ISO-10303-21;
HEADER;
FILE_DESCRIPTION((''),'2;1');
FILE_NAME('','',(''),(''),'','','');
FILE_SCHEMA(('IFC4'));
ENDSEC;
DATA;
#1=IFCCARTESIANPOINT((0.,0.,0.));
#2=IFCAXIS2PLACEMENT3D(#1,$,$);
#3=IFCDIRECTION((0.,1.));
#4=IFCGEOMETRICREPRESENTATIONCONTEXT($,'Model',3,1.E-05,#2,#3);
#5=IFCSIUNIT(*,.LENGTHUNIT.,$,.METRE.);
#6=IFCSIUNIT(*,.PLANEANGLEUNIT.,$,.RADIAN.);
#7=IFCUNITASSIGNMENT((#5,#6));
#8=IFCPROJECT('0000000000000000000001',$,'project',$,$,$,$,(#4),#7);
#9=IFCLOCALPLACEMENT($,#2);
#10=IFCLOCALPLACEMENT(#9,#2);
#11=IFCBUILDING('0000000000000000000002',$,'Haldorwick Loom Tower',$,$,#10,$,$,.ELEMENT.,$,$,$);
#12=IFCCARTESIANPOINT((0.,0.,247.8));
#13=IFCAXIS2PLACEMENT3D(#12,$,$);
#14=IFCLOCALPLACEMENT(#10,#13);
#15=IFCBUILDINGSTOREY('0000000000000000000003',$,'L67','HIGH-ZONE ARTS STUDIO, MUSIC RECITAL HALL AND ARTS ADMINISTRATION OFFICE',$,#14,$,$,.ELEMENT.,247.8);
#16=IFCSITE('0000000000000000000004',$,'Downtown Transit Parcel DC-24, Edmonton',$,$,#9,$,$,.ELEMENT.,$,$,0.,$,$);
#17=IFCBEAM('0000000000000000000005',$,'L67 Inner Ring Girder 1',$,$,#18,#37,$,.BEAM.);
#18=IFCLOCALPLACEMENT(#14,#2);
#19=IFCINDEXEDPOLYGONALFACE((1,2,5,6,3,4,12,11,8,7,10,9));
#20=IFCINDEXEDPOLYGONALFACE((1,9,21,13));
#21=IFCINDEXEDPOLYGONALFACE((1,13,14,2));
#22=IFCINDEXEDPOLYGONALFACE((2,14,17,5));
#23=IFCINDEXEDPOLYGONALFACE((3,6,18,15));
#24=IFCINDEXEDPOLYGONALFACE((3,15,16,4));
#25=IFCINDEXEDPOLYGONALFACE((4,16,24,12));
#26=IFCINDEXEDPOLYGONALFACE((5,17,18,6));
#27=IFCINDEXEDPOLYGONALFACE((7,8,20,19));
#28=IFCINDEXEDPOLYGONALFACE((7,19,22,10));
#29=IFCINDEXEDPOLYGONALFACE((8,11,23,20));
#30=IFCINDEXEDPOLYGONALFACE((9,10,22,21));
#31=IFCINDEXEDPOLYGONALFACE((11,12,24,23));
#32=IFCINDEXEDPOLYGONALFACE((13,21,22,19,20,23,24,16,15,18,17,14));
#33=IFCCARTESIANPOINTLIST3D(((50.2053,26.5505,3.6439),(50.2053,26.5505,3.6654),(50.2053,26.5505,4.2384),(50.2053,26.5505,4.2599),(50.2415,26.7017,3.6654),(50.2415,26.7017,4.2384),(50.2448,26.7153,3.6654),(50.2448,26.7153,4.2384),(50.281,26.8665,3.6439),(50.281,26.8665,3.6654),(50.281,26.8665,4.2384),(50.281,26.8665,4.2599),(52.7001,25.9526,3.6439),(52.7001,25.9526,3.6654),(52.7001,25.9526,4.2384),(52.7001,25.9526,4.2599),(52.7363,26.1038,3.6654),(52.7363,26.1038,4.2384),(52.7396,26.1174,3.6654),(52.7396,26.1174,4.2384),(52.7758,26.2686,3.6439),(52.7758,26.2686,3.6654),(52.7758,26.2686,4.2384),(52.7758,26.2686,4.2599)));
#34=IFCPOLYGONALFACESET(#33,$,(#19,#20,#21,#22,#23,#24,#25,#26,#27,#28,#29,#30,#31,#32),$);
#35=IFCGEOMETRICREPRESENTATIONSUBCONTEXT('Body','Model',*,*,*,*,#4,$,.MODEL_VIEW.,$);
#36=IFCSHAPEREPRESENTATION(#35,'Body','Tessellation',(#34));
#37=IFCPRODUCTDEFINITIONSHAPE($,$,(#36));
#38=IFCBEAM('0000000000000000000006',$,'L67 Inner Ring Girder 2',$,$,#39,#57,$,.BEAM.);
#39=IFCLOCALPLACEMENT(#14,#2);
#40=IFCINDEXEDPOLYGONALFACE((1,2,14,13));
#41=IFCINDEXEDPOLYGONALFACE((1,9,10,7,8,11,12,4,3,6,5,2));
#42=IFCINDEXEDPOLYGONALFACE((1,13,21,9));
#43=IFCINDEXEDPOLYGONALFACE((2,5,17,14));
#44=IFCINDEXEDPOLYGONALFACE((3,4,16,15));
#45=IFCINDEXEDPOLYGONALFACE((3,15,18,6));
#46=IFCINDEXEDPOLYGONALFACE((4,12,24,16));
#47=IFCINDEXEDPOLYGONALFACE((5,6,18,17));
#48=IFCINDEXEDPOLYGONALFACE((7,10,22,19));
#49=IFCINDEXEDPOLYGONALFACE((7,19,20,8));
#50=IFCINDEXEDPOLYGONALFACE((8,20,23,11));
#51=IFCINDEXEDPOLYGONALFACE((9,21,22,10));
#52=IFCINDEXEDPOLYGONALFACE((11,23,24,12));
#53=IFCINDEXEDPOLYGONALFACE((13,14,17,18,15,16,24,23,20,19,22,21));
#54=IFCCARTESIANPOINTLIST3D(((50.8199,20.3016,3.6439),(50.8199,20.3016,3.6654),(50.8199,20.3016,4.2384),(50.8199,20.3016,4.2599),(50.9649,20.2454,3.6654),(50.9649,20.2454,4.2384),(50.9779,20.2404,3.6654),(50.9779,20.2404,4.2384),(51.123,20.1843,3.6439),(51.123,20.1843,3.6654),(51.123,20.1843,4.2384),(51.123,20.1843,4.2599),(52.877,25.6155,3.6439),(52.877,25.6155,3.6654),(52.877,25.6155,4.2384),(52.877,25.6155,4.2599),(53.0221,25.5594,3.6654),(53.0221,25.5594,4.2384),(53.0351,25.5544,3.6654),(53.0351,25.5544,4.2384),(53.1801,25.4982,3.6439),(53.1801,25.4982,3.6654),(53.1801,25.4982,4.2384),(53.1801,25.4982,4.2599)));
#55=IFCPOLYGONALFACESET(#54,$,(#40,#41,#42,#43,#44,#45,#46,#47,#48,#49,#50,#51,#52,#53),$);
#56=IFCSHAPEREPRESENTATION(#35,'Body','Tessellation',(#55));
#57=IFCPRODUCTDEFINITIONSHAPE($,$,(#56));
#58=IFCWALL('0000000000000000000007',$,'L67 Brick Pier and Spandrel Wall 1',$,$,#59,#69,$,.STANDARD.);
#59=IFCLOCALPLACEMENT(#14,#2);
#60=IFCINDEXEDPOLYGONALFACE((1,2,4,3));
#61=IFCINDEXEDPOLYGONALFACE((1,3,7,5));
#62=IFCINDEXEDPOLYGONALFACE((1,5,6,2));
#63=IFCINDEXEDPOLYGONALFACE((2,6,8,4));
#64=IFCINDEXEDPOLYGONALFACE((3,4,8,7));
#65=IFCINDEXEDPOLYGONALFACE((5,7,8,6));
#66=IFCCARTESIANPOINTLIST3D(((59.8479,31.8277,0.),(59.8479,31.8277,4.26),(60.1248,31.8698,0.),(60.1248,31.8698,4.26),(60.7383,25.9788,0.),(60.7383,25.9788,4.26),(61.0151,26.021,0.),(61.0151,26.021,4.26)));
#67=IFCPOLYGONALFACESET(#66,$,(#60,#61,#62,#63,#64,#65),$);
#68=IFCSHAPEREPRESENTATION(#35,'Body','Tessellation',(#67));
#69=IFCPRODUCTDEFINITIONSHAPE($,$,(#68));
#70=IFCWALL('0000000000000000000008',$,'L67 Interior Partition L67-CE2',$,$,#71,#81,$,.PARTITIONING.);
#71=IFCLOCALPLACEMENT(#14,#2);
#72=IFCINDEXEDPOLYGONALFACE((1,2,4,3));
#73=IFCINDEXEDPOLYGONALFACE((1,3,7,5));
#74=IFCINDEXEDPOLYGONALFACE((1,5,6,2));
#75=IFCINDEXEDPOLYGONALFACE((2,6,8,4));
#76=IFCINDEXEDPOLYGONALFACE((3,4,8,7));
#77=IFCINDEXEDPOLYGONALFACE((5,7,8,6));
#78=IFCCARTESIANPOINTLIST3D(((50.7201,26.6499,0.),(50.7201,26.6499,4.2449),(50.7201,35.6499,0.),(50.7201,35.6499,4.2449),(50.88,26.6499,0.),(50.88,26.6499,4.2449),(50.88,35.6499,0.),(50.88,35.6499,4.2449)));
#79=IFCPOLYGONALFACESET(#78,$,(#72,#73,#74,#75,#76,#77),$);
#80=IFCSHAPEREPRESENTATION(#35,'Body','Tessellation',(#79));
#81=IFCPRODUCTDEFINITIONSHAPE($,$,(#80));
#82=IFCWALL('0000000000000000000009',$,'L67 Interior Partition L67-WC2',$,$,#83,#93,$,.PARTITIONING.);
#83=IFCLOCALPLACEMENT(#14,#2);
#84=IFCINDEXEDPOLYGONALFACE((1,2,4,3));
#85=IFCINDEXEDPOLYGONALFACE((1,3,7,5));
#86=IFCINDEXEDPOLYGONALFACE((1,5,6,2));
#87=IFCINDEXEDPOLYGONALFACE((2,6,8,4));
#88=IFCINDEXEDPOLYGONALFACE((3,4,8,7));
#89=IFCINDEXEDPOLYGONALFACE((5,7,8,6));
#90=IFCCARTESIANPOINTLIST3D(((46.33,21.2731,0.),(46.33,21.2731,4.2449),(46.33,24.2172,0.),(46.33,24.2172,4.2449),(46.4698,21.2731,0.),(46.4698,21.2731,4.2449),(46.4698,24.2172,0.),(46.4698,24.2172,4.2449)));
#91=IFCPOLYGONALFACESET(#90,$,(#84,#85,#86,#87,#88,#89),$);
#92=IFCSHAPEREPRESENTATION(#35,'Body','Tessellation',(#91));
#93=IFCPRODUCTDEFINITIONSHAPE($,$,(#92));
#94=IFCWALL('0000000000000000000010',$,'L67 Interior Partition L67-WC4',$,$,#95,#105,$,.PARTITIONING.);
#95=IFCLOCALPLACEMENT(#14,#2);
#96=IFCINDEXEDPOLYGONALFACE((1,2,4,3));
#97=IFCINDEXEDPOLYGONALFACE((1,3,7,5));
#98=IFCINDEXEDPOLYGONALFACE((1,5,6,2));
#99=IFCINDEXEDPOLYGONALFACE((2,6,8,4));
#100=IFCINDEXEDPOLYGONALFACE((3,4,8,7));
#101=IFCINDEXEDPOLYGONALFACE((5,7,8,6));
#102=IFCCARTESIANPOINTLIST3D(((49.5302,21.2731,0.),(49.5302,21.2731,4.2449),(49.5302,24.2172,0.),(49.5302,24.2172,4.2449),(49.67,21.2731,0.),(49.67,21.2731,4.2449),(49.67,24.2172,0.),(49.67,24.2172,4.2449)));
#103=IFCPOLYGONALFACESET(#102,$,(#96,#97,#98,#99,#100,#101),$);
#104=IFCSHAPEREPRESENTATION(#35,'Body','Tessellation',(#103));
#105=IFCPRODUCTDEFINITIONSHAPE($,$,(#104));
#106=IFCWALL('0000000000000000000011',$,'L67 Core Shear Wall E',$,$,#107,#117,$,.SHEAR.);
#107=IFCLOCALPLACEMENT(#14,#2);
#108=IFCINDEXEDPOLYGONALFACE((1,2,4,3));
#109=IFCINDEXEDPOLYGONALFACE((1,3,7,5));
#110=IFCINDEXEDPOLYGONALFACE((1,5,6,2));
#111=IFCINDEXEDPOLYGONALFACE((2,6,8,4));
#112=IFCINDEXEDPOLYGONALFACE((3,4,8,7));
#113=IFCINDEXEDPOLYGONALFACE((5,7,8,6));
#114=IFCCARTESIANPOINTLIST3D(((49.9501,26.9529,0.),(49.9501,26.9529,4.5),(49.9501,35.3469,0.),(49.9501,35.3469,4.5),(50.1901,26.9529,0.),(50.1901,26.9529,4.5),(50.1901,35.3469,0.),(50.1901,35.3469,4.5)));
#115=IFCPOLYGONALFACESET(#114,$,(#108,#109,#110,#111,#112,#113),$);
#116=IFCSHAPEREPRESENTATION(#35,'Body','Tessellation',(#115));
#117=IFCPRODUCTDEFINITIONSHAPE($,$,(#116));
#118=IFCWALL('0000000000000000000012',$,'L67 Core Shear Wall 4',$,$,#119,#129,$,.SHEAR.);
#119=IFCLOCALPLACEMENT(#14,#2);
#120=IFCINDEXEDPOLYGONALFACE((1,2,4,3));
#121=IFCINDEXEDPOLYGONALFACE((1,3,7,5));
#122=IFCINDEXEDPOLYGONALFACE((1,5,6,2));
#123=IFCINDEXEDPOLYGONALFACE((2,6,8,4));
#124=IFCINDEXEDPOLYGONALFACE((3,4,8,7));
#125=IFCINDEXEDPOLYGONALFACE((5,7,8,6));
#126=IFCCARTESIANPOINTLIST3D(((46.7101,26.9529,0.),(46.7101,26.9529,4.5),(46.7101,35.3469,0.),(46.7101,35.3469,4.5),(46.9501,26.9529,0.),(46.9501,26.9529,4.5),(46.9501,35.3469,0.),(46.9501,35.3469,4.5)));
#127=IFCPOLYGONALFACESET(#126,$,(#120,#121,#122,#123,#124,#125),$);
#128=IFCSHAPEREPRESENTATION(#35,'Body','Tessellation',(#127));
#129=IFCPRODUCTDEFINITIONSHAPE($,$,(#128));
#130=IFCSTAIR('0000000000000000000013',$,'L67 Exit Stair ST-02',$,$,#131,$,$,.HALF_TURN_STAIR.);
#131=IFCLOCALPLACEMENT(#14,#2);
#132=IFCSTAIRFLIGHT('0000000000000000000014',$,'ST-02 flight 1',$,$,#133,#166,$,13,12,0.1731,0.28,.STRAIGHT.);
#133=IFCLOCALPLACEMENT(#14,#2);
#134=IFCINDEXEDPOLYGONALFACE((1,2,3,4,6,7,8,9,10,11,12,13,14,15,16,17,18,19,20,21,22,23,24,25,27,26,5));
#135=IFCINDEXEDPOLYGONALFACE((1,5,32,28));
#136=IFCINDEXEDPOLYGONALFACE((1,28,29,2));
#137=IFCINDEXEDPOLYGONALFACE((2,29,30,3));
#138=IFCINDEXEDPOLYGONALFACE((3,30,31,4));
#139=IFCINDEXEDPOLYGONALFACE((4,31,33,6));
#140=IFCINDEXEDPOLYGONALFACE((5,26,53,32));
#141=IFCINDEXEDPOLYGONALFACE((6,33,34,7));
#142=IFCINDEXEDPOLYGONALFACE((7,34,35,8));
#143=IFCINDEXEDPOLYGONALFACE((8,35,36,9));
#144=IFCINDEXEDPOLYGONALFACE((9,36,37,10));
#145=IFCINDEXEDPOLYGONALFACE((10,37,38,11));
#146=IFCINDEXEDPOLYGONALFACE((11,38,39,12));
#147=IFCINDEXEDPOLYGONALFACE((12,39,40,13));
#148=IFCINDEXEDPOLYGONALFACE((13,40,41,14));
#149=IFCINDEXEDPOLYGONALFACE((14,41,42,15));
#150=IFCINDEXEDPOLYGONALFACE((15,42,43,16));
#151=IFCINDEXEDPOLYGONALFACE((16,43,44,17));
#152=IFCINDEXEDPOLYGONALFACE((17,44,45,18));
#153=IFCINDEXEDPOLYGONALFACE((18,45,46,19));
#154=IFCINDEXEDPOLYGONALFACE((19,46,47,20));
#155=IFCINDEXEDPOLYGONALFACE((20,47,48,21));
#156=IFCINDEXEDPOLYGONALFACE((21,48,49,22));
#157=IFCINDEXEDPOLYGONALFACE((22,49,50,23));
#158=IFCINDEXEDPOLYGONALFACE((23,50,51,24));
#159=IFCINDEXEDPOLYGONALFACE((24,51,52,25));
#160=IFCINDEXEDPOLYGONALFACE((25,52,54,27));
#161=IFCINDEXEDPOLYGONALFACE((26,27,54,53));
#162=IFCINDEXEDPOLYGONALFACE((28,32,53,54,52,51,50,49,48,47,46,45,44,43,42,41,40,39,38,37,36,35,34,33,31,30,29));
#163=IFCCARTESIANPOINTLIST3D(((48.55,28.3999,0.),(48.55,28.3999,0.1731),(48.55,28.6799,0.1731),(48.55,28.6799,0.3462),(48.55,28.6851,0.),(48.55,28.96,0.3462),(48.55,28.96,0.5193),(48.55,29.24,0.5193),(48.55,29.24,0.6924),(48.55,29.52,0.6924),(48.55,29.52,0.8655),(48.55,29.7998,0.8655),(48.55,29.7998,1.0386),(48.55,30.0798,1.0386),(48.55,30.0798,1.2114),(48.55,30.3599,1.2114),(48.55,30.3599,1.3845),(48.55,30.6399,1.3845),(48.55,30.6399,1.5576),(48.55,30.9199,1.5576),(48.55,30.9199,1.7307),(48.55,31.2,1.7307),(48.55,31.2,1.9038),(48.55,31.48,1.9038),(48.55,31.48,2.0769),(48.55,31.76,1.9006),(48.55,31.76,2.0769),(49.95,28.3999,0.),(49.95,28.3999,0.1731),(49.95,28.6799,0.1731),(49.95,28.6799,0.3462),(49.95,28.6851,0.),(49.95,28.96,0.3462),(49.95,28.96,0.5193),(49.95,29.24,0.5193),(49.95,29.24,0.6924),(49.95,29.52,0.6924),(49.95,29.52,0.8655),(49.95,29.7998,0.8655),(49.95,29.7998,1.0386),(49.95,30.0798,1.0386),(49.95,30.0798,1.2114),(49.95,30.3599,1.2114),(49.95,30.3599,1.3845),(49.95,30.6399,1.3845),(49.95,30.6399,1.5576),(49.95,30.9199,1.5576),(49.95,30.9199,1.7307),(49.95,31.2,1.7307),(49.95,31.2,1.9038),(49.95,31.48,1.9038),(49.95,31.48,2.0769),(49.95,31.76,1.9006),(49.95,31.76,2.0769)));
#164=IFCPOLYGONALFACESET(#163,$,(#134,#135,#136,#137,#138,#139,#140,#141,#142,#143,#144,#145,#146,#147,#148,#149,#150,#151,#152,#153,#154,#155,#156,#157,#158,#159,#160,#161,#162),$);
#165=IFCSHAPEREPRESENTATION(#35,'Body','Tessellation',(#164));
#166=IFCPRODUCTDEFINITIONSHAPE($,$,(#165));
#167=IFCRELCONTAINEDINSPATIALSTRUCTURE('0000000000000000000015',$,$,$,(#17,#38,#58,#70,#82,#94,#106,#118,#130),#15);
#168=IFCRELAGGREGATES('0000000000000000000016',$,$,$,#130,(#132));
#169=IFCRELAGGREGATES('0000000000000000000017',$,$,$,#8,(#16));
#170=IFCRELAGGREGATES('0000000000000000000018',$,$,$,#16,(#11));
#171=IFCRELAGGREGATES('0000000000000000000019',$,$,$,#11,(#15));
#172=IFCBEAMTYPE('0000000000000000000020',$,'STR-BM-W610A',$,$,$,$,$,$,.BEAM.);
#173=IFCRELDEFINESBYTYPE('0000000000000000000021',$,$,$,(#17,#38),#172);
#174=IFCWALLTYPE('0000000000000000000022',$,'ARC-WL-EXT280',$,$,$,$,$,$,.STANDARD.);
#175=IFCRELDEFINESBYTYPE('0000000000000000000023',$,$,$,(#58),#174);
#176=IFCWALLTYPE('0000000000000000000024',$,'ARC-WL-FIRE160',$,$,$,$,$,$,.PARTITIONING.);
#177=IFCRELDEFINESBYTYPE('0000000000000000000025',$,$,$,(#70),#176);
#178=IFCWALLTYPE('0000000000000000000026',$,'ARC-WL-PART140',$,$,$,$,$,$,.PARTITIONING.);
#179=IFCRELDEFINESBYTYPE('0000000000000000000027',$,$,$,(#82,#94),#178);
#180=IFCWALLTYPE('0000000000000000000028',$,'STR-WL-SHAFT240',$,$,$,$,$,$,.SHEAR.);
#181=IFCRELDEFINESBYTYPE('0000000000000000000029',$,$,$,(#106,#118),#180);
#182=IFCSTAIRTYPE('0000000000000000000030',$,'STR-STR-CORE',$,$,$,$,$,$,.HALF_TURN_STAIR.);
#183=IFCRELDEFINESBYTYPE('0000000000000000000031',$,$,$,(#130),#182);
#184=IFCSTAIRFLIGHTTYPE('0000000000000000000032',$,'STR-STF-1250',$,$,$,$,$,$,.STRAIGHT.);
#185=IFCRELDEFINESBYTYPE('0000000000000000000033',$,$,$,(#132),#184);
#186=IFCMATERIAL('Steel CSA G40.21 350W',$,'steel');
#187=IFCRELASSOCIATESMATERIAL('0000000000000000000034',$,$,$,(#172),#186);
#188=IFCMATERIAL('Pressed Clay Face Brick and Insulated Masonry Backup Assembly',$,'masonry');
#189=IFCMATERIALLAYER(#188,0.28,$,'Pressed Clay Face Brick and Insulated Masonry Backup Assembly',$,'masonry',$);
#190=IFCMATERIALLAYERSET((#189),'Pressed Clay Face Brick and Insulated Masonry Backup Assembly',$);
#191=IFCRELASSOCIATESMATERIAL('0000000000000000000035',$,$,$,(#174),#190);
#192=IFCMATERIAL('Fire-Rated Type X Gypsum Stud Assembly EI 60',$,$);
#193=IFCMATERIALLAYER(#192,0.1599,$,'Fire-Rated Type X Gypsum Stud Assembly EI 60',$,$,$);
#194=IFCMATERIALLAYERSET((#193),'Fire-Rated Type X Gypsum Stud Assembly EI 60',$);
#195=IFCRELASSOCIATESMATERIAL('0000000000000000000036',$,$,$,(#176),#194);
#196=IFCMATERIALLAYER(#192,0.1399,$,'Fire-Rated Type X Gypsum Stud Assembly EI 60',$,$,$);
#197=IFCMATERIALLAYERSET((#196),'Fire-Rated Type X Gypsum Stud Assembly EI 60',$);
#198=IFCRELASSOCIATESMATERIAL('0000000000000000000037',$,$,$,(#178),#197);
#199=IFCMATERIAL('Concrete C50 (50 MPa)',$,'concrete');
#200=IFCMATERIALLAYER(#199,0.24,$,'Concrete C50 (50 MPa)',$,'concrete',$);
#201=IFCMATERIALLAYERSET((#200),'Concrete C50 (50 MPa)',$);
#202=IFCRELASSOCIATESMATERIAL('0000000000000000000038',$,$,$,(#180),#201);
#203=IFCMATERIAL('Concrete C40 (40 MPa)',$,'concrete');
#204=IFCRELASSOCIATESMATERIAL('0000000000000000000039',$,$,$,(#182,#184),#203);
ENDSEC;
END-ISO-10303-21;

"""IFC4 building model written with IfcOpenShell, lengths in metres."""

from ifc_helpers import new_model, si_unit, direction, frame, frame_2d, origin, origin_2d, place, context, subcontext, project, spatial, polyline, rectangle, i_section, outline, extrude, material, layer, layer_set, material_profile, profile_set, type_object, element, aggregate, save


model = new_model("IFC4")

# Units and contexts
model_context = context("Model", 3, precision=1e-05, world=origin(), true_north=direction((0.0, 1.0)))
body_context = subcontext(model_context, "Body", "Model", "MODEL_VIEW")
ifc_project = project(units=[si_unit("LENGTHUNIT", "METRE"), si_unit("PLANEANGLEUNIT", "RADIAN")], contexts=[model_context])

# Site, building, storey
site_placement = place(None, origin())
site = spatial("IfcSite", under=ifc_project, at=site_placement, Name="Downtown Transit Parcel DC-24, Edmonton", CompositionType="ELEMENT", RefElevation=0.0)
building_placement = place(site_placement, origin())
building = spatial("IfcBuilding", under=site, at=building_placement, Name="Haldorwick Loom Tower", CompositionType="ELEMENT")
storey_placement = place(building_placement, frame((0.0, 0.0, 247.8)))
storey = spatial("IfcBuildingStorey", under=building, at=storey_placement, Name="L67", Description="HIGH-ZONE ARTS STUDIO, MUSIC RECITAL HALL AND ARTS ADMINISTRATION OFFICE", CompositionType="ELEMENT", Elevation=247.8)

# Shared definitions
ifc_material_1 = material(Name="Steel CSA G40.21 350W", Category="steel")

# Beams
ifc_material_profile_1 = material_profile(ifc_material_1, i_section(OverallWidth=0.325, OverallDepth=0.616, WebThickness=0.0139, FlangeThickness=0.0215, at=origin_2d()), Name="W610X174", Category="steel")
ifc_profile_set_1 = profile_set([ifc_material_profile_1], Name="Steel CSA G40.21 350W")
beam_type_1 = type_object("IfcBeamType", Name="STR-BM-W610A", PredefinedType="BEAM", material=ifc_profile_set_1)
beam_1_placement = place(storey_placement, frame((50.2432, 26.7085, 3.9519), z_axis=(0.972464, -0.233053, 0.0), x_axis=(0.233053, 0.972464, 0.0)))
element("IfcBeam", 1, at=beam_1_placement, inside=storey, type_object=beam_type_1, Name="L67 Inner Ring Girder 1", PredefinedType="BEAM", context=body_context, shape_type="SweptSolid", body=[
    extrude(i_section(OverallWidth=0.325, OverallDepth=0.616, WebThickness=0.0139, FlangeThickness=0.0215, at=origin_2d()), origin(), (0.0, 0.0, 1.0), 2.5654),
])
beam_2_placement = place(storey_placement, frame((53.0286, 25.5569, 3.9519), z_axis=(-0.361011, -0.932562, 0.0), x_axis=(0.932562, -0.361011, 0.0)))
element("IfcBeam", 2, at=beam_2_placement, inside=storey, type_object=beam_type_1, Name="L67 Inner Ring Girder 2", PredefinedType="BEAM", context=body_context, shape_type="SweptSolid", body=[
    extrude(i_section(OverallWidth=0.325, OverallDepth=0.616, WebThickness=0.0139, FlangeThickness=0.0215, at=origin_2d()), origin(), (0.0, 0.0, 1.0), 5.6982),
])

# Walls
ifc_material_2 = material(Name="Pressed Clay Face Brick and Insulated Masonry Backup Assembly", Category="masonry")
ifc_layer_1 = layer(ifc_material_2, 0.28, Name="Pressed Clay Face Brick and Insulated Masonry Backup Assembly", Category="masonry")
ifc_layer_set_1 = layer_set([ifc_layer_1], Name="Pressed Clay Face Brick and Insulated Masonry Backup Assembly")
wall_type_1 = type_object("IfcWallType", Name="ARC-WL-EXT280", PredefinedType="STANDARD", material=ifc_layer_set_1)
wall_1_placement = place(storey_placement, frame((60.8767, 26.0, 0.0), z_axis=(0.0, 0.0, 1.0), x_axis=(-0.150497, 0.98861, 0.0)))
element("IfcWall", 3, at=wall_1_placement, inside=storey, type_object=wall_type_1, Name="L67 Brick Pier and Spandrel Wall 1", PredefinedType="STANDARD", context=body_context, shape_type="SweptSolid", body=[
    extrude(rectangle(XDim=5.9163, YDim=0.28, at=frame_2d((2.958, 0.0))), origin(), (0.0, 0.0, 1.0), 4.26),
])
ifc_material_3 = material(Name="Fire-Rated Type X Gypsum Stud Assembly EI 60")
ifc_layer_2 = layer(ifc_material_3, 0.1599, Name="Fire-Rated Type X Gypsum Stud Assembly EI 60")
ifc_layer_set_2 = layer_set([ifc_layer_2], Name="Fire-Rated Type X Gypsum Stud Assembly EI 60")
wall_type_2 = type_object("IfcWallType", Name="ARC-WL-FIRE160", PredefinedType="PARTITIONING", material=ifc_layer_set_2)
wall_2_placement = place(storey_placement, frame((50.8, 26.6499, 0.0), z_axis=(0.0, 0.0, 1.0), x_axis=(0.0, 1.0, 0.0)))
element("IfcWall", 4, at=wall_2_placement, inside=storey, type_object=wall_type_2, Name="L67 Interior Partition L67-CE2", PredefinedType="PARTITIONING", context=body_context, shape_type="SweptSolid", body=[
    extrude(rectangle(XDim=9.0, YDim=0.1599, at=frame_2d((4.5, 0.0))), origin(), (0.0, 0.0, 1.0), 4.2449),
])
ifc_layer_3 = layer(ifc_material_3, 0.1399, Name="Fire-Rated Type X Gypsum Stud Assembly EI 60")
ifc_layer_set_3 = layer_set([ifc_layer_3], Name="Fire-Rated Type X Gypsum Stud Assembly EI 60")
wall_type_3 = type_object("IfcWallType", Name="ARC-WL-PART140", PredefinedType="PARTITIONING", material=ifc_layer_set_3)
for number, where, z_axis, x_axis, name in (
    (5, (46.3999, 21.2729, 0.0), (0.0, 0.0, 1.0), (0.0, 1.0, 0.0), "L67 Interior Partition L67-WC2"),
    (6, (49.6001, 21.2729, 0.0), (0.0, 0.0, 1.0), (0.0, 1.0, 0.0), "L67 Interior Partition L67-WC4"),
):
    element("IfcWall", number, at=place(storey_placement, frame(where, z_axis=z_axis, x_axis=x_axis)), inside=storey, type_object=wall_type_3, Name=name, PredefinedType="PARTITIONING", context=body_context, shape_type="SweptSolid", body=[
        extrude(rectangle(XDim=2.9441, YDim=0.1399, at=frame_2d((1.4722, 0.0))), origin(), (0.0, 0.0, 1.0), 4.2449),
    ])
ifc_material_4 = material(Name="Concrete C50 (50 MPa)", Category="concrete")
ifc_layer_4 = layer(ifc_material_4, 0.24, Name="Concrete C50 (50 MPa)", Category="concrete")
ifc_layer_set_4 = layer_set([ifc_layer_4], Name="Concrete C50 (50 MPa)")
wall_type_4 = type_object("IfcWallType", Name="STR-WL-SHAFT240", PredefinedType="SHEAR", material=ifc_layer_set_4)
for number, where, z_axis, x_axis, name in (
    (7, (50.0701, 26.9529, 0.0), (0.0, 0.0, 1.0), (0.0, 1.0, 0.0), "L67 Core Shear Wall E"),
    (8, (46.8301, 26.9529, 0.0), (0.0, 0.0, 1.0), (0.0, 1.0, 0.0), "L67 Core Shear Wall 4"),
):
    element("IfcWall", number, at=place(storey_placement, frame(where, z_axis=z_axis, x_axis=x_axis)), inside=storey, type_object=wall_type_4, Name=name, PredefinedType="SHEAR", context=body_context, shape_type="SweptSolid", body=[
        extrude(rectangle(XDim=8.394, YDim=0.24, at=frame_2d((4.197, 0.0))), origin(), (0.0, 0.0, 1.0), 4.5),
    ])

# Stair, stair flight
ifc_material_5 = material(Name="Concrete C40 (40 MPa)", Category="concrete")
stair_type = type_object("IfcStairType", Name="STR-STR-CORE", PredefinedType="HALF_TURN_STAIR", material=ifc_material_5)
stair_placement = place(storey_placement, origin())
stair = element("IfcStair", 9, at=stair_placement, inside=storey, type_object=stair_type, Name="L67 Exit Stair ST-02", PredefinedType="HALF_TURN_STAIR")
stair_flight_type = type_object("IfcStairFlightType", Name="STR-STF-1250", PredefinedType="STRAIGHT", material=ifc_material_5)
stair_flight_placement = place(storey_placement, frame((49.25, 28.3999, 0.0), z_axis=(0.0, 0.0, 1.0), x_axis=(0.0, 1.0, 0.0)))
stair_flight = element("IfcStairFlight", 10, at=stair_flight_placement, type_object=stair_flight_type, Name="ST-02 flight 1", NumberOfRisers=13, NumberOfTreads=12, PredefinedType="STRAIGHT", RiserHeight=0.1731, TreadLength=0.28, context=body_context, shape_type="SweptSolid", body=[
    extrude(outline(polyline([(0.0, 0.0), (0.0, 0.1731), (0.28, 0.1731), (0.28, 0.3462), (0.5601, 0.3462), (0.5601, 0.5193), (0.8401, 0.5193), (0.8401, 0.6924), (1.1201, 0.6924), (1.1201, 0.8655), (1.3999, 0.8655), (1.3999, 1.0386), (1.6799, 1.0386), (1.6799, 1.2114), (1.96, 1.2114), (1.96, 1.3845), (2.24, 1.3845), (2.24, 1.5576), (2.52, 1.5576), (2.52, 1.7307), (2.8, 1.7307), (2.8, 1.9038), (3.0801, 1.9038), (3.0801, 2.0769), (3.3601, 2.0769), (3.3601, 2.25), (3.3601, 1.9006), (0.2852, 0.0), (0.0, 0.0)])), frame((0.0, 0.7, 0.0), z_axis=(0.0, -1.0, 0.0), x_axis=(1.0, 0.0, 0.0)), (0.0, 0.0, 1.0), 1.3999),
])
aggregate(stair, [stair_flight])

save(model, "model.ifc")
